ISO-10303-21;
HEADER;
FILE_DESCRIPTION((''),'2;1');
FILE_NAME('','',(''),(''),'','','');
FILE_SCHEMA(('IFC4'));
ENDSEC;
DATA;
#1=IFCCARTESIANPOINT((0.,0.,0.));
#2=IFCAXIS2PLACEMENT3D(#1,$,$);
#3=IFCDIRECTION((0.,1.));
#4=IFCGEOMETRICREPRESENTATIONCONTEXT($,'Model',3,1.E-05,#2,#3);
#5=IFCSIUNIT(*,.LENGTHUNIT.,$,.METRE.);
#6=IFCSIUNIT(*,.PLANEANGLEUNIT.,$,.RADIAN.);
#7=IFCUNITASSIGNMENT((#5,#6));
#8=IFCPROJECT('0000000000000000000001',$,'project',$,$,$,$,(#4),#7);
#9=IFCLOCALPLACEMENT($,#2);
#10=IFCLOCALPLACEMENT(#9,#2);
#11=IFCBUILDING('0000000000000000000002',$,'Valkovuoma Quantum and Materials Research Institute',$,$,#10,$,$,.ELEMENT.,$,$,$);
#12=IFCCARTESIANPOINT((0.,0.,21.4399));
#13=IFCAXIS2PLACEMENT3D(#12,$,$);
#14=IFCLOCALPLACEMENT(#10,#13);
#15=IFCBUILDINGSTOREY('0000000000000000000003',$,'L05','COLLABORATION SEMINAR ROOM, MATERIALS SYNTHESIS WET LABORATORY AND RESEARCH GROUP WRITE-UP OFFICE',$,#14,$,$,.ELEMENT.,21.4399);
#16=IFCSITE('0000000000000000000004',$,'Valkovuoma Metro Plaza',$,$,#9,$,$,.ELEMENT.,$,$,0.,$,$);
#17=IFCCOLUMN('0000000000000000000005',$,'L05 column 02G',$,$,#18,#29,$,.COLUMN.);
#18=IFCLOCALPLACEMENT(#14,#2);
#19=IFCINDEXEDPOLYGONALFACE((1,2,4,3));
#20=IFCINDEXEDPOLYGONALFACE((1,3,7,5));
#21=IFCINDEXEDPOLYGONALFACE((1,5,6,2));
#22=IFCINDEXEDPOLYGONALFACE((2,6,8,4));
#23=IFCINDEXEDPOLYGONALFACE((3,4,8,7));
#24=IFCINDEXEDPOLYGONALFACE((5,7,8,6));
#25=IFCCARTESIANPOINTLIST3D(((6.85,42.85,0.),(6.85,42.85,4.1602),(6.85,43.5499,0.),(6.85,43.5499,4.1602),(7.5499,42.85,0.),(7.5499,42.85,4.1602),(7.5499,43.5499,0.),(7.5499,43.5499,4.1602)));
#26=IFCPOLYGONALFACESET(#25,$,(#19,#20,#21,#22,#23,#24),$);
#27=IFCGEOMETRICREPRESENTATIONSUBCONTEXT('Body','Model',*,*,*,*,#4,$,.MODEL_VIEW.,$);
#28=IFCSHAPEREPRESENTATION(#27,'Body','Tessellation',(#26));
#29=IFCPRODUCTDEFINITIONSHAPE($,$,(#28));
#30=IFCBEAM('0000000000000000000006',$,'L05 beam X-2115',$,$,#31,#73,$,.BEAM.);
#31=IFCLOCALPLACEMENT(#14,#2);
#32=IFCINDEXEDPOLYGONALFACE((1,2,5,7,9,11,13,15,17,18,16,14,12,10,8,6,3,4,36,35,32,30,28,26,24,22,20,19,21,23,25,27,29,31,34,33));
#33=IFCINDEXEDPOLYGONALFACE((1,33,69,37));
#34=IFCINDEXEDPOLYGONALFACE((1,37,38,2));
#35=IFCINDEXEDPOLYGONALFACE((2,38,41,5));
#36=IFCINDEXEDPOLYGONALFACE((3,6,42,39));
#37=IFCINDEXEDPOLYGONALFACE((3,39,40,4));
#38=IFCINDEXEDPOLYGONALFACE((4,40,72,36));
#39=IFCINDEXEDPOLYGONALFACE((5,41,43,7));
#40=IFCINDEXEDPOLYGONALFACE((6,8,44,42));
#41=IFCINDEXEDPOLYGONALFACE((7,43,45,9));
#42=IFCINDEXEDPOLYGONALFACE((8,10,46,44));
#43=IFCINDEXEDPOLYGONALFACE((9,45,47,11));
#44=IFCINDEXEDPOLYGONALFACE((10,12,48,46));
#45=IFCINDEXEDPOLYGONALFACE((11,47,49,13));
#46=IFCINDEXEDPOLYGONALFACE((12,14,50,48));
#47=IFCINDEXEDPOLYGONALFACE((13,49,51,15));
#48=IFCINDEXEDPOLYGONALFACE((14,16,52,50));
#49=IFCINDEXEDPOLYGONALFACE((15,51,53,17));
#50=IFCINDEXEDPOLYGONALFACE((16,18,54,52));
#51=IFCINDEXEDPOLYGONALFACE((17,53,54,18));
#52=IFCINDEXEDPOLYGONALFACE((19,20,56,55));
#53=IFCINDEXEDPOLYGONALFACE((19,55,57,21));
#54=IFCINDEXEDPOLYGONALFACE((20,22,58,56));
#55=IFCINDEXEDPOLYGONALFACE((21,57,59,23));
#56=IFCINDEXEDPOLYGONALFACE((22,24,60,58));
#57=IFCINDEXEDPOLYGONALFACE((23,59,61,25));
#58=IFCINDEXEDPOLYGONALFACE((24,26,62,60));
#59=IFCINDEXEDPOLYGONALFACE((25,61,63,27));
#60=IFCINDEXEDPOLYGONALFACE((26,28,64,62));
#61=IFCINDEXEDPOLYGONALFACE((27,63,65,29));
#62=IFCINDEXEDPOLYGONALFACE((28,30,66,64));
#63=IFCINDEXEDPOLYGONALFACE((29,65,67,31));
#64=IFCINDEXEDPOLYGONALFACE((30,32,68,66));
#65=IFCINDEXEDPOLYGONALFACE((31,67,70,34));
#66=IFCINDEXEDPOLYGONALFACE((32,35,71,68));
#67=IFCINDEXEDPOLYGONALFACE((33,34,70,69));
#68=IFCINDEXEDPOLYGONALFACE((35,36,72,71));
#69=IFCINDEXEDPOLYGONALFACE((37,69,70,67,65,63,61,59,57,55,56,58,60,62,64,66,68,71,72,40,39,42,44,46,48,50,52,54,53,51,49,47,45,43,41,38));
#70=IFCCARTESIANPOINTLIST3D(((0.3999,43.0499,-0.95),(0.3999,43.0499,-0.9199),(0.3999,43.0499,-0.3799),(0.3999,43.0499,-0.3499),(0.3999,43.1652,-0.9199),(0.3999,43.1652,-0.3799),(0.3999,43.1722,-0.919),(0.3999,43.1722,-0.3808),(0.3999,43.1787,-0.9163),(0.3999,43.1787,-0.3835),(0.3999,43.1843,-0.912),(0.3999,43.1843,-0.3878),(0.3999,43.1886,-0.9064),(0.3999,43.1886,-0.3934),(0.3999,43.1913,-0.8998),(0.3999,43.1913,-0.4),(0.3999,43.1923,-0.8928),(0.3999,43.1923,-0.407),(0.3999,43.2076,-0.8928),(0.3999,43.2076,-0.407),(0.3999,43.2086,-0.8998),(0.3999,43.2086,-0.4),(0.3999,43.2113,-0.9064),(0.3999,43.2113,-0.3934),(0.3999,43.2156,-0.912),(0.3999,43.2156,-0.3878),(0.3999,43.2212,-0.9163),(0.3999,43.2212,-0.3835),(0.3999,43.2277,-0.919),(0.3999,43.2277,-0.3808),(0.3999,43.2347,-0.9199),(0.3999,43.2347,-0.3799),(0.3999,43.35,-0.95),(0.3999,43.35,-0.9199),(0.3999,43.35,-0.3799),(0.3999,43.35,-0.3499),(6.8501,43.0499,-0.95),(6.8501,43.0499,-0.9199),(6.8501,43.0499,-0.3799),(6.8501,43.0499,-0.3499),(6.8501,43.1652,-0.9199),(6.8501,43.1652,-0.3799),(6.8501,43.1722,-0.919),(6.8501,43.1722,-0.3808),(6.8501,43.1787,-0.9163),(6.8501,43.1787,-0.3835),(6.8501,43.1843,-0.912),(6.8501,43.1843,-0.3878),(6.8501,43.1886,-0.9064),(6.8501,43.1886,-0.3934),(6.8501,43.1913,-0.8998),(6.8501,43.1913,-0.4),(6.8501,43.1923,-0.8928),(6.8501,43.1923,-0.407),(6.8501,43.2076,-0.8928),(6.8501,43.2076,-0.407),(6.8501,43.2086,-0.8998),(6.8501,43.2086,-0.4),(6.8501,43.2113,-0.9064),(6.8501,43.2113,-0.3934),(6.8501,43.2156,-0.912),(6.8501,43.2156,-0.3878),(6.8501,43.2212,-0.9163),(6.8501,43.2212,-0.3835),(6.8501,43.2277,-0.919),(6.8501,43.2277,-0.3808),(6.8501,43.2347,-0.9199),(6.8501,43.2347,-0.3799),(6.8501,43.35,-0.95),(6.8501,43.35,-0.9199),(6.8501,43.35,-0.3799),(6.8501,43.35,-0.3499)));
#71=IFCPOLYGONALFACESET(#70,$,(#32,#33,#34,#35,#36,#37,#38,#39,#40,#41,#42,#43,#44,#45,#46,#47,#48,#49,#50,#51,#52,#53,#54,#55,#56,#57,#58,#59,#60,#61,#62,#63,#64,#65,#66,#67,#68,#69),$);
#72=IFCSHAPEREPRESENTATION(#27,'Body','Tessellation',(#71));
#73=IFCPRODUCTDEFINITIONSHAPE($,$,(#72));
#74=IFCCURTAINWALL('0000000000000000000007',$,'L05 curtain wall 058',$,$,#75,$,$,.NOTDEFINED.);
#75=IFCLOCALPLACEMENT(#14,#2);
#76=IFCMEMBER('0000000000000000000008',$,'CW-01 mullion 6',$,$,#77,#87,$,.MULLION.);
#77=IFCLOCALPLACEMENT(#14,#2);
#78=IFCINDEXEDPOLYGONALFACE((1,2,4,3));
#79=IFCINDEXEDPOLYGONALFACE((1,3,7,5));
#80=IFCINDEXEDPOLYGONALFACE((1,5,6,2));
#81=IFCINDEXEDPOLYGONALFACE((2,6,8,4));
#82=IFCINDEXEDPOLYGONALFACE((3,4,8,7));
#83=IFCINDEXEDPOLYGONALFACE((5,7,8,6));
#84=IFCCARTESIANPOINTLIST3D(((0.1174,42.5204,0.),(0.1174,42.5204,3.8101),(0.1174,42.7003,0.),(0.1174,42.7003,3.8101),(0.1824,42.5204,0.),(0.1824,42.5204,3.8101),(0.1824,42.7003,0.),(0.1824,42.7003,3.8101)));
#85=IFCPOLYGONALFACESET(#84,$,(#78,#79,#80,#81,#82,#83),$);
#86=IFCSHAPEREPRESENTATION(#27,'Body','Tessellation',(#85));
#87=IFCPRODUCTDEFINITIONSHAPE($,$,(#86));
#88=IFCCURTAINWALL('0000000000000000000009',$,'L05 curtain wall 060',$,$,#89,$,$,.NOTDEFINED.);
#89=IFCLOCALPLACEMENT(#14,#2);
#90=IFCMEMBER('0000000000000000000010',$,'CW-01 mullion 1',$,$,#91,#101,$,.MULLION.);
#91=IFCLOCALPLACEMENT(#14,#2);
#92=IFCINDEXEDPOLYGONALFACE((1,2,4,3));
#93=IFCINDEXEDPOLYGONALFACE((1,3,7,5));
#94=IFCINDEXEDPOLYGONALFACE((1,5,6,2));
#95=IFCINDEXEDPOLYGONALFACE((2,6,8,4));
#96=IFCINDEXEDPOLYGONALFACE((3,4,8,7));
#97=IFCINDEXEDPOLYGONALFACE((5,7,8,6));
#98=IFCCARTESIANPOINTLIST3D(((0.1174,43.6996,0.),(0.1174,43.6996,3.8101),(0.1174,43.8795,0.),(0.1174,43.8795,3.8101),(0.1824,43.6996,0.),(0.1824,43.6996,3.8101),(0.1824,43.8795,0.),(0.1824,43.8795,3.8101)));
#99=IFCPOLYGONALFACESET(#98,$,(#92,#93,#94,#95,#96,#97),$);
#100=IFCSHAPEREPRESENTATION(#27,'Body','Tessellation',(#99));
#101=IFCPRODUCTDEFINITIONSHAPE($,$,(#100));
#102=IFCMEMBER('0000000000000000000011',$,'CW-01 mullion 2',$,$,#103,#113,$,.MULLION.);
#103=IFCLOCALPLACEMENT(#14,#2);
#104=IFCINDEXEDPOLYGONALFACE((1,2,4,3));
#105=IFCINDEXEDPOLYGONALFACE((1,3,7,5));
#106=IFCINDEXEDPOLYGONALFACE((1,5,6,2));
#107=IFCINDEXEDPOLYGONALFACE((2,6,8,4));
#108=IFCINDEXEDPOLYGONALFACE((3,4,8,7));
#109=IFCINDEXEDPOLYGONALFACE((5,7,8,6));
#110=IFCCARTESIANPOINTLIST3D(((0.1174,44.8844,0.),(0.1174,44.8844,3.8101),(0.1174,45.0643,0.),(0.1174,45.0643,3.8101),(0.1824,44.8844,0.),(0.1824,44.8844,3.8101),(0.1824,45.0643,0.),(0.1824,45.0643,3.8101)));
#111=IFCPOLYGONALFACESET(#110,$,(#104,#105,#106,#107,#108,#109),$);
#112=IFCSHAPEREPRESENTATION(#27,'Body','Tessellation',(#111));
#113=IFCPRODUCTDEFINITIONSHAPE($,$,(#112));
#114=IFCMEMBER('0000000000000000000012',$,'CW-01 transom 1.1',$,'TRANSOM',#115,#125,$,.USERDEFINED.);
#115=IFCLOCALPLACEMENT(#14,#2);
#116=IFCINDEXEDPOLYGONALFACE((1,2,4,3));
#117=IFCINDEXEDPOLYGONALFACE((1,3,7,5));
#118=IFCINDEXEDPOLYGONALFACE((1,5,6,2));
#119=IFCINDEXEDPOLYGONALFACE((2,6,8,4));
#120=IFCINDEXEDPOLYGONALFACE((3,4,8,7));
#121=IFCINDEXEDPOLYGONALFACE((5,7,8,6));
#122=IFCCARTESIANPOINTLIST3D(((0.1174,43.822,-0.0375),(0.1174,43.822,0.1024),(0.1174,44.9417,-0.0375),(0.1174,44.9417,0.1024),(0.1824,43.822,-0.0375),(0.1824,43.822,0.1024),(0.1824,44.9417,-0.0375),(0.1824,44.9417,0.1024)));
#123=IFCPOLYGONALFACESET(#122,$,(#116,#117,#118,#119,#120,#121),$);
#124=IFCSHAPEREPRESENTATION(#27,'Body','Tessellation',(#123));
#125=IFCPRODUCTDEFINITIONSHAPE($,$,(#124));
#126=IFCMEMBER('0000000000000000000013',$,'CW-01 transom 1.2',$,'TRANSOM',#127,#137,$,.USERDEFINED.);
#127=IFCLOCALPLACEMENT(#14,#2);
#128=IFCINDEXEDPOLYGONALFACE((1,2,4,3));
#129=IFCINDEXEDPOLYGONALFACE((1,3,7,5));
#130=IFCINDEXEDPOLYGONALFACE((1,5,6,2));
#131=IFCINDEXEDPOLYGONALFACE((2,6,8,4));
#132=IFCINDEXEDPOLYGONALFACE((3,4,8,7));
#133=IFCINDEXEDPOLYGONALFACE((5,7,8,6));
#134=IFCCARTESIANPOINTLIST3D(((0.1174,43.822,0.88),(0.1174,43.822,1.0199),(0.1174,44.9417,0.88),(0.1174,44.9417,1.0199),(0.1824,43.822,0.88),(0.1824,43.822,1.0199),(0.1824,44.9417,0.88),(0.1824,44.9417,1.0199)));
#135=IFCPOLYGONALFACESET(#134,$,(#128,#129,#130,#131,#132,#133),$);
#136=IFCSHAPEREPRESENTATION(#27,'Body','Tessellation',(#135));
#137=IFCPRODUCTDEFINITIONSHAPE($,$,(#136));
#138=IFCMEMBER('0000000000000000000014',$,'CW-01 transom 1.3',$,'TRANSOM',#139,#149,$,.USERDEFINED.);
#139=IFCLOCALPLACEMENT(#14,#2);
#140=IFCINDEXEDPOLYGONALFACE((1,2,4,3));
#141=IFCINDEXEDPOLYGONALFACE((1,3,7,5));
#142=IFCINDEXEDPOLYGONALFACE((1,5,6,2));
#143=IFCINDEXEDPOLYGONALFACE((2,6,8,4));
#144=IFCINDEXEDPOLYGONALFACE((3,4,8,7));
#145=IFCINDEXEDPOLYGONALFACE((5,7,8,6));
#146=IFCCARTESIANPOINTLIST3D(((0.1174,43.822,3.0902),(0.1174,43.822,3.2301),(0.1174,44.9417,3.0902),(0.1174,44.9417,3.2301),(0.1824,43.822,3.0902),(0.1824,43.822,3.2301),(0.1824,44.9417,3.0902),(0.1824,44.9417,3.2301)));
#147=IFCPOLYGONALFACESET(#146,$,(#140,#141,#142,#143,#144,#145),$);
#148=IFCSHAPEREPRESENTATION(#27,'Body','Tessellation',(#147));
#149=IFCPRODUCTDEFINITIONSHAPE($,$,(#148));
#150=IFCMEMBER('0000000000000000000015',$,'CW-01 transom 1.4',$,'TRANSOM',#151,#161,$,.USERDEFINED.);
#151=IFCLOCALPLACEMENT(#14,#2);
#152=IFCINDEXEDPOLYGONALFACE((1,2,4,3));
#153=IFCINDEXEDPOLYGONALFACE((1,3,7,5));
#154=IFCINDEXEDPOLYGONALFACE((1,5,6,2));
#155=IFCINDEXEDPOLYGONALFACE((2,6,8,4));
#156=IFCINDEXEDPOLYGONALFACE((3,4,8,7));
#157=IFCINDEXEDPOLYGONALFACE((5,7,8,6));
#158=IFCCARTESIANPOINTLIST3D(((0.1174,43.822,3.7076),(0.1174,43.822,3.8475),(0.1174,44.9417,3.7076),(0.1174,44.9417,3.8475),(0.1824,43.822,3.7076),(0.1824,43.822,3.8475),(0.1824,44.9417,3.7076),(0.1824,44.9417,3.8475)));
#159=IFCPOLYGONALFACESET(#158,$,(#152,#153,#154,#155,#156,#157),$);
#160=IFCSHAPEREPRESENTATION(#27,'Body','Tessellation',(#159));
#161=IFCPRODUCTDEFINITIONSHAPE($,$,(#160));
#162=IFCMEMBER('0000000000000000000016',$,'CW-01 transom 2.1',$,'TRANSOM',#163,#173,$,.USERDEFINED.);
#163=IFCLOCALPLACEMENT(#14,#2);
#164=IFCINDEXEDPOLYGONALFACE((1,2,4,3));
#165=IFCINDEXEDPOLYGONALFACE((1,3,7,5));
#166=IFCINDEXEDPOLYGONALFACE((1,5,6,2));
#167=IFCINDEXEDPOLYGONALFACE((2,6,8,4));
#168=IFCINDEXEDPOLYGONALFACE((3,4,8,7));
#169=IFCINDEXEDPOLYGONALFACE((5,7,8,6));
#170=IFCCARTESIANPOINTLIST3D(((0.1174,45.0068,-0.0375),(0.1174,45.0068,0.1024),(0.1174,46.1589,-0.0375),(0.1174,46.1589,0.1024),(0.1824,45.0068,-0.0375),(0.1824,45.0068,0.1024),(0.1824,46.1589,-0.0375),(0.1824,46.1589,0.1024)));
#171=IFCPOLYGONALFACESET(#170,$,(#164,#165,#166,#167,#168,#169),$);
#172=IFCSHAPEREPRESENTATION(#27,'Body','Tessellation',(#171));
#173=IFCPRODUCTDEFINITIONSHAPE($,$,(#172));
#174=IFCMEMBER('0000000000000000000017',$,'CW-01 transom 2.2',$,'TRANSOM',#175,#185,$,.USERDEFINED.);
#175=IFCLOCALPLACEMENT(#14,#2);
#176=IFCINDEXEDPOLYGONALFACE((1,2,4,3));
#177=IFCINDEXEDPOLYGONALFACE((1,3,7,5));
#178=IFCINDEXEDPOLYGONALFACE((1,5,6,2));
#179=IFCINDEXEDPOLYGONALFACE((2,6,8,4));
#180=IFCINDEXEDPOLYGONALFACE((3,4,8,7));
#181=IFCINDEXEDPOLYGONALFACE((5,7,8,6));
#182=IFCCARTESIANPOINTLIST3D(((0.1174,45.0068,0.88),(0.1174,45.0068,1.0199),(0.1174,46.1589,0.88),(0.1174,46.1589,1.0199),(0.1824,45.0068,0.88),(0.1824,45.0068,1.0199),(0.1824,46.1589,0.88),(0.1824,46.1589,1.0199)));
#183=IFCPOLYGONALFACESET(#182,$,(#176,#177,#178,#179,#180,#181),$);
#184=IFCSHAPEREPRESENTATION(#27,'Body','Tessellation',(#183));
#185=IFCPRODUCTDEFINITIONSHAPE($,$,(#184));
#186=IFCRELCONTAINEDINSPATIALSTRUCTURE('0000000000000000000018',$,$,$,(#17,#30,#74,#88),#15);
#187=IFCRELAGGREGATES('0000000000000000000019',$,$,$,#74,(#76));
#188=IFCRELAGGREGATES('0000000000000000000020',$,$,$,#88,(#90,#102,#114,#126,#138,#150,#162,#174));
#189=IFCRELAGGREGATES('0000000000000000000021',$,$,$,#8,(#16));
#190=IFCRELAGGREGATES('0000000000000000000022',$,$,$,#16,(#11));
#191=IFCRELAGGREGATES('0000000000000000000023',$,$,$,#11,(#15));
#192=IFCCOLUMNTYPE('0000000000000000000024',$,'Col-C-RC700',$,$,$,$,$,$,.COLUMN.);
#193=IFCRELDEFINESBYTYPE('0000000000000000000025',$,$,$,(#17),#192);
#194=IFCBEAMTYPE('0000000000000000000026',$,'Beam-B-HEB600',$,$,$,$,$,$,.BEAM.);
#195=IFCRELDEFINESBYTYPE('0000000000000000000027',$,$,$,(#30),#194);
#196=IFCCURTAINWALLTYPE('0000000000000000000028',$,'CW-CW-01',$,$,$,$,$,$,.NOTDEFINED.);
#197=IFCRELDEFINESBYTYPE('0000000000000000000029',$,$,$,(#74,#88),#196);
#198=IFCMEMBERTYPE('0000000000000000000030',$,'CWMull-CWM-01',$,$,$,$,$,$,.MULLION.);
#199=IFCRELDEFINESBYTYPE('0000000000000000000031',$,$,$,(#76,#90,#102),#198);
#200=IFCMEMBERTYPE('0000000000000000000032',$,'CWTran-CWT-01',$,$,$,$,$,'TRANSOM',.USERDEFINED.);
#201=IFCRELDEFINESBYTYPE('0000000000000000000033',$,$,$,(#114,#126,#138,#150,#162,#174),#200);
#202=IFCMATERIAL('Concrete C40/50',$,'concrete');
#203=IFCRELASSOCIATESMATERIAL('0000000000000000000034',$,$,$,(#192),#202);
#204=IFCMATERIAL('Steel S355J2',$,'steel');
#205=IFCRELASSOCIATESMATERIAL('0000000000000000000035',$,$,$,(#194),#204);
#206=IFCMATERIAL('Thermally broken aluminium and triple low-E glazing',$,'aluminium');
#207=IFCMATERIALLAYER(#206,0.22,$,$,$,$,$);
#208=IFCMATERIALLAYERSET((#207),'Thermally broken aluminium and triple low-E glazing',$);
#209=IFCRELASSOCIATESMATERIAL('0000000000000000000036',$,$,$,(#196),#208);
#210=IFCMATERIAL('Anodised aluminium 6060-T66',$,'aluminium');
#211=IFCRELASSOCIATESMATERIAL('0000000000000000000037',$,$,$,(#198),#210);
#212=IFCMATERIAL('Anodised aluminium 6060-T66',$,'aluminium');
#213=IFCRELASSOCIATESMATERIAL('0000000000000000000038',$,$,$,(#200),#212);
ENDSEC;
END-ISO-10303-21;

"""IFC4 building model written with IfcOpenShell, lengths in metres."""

from ifc_helpers import new_model, si_unit, direction, frame, origin, origin_2d, place, context, subcontext, project, spatial, rectangle, i_section, extrude, material, layer, layer_set, material_profile, profile_set, type_object, element, aggregate, save


model = new_model("IFC4")

# Units and contexts
model_context = context("Model", 3, precision=1e-05, world=origin(), true_north=direction((0.0, 1.0)))
body_context = subcontext(model_context, "Body", "Model", "MODEL_VIEW")
ifc_project = project(units=[si_unit("LENGTHUNIT", "METRE"), si_unit("PLANEANGLEUNIT", "RADIAN")], contexts=[model_context])

# Site, building, storey
site_placement = place(None, origin())
site = spatial("IfcSite", under=ifc_project, at=site_placement, Name="Valkovuoma Metro Plaza", CompositionType="ELEMENT", RefElevation=0.0)
building_placement = place(site_placement, origin())
building = spatial("IfcBuilding", under=site, at=building_placement, Name="Valkovuoma Quantum and Materials Research Institute", CompositionType="ELEMENT")
storey_placement = place(building_placement, frame((0.0, 0.0, 21.4399)))
storey = spatial("IfcBuildingStorey", under=building, at=storey_placement, Name="L05", Description="COLLABORATION SEMINAR ROOM, MATERIALS SYNTHESIS WET LABORATORY AND RESEARCH GROUP WRITE-UP OFFICE", CompositionType="ELEMENT", Elevation=21.4399)

# Column
ifc_material_1 = material(Name="Concrete C40/50", Category="concrete")
ifc_material_profile_1 = material_profile(ifc_material_1, rectangle(XDim=0.7, YDim=0.7, at=origin_2d()), Name="Concrete C40/50")
ifc_profile_set_1 = profile_set([ifc_material_profile_1], Name="Concrete C40/50")
column_type = type_object("IfcColumnType", Name="Col-C-RC700", PredefinedType="COLUMN", material=ifc_profile_set_1)
column_placement = place(storey_placement, frame((7.2, 43.2, 0.0), z_axis=(0.0, 0.0, 1.0), x_axis=(1.0, 0.0, 0.0)))
element("IfcColumn", 1, at=column_placement, inside=storey, type_object=column_type, Name="L05 column 02G", PredefinedType="COLUMN", context=body_context, shape_type="SweptSolid", body=[
    extrude(rectangle(XDim=0.7, YDim=0.7, at=origin_2d()), origin(), (0.0, 0.0, 1.0), 4.1602),
])

# Beam
ifc_material_2 = material(Name="Steel S355J2", Category="steel")
ifc_material_profile_2 = material_profile(ifc_material_2, i_section(OverallWidth=0.3, OverallDepth=0.6001, WebThickness=0.0154, FlangeThickness=0.03, FilletRadius=0.0271, at=origin_2d()), Name="Steel S355J2")
ifc_profile_set_2 = profile_set([ifc_material_profile_2], Name="Steel S355J2")
beam_type = type_object("IfcBeamType", Name="Beam-B-HEB600", PredefinedType="BEAM", material=ifc_profile_set_2)
beam_placement = place(storey_placement, frame((0.3999, 43.2, -0.6499), z_axis=(1.0, 0.0, 0.0), x_axis=(0.0, 1.0, 0.0)))
element("IfcBeam", 2, at=beam_placement, inside=storey, type_object=beam_type, Name="L05 beam X-2115", PredefinedType="BEAM", context=body_context, shape_type="SweptSolid", body=[
    extrude(i_section(OverallWidth=0.3, OverallDepth=0.6001, WebThickness=0.0154, FlangeThickness=0.03, FilletRadius=0.0271, at=origin_2d()), origin(), (0.0, 0.0, 1.0), 6.4502),
])

# Curtain wall, member
ifc_material_3 = material(Name="Thermally broken aluminium and triple low-E glazing", Category="aluminium")
ifc_layer_1 = layer(ifc_material_3, 0.22)
ifc_layer_set_1 = layer_set([ifc_layer_1], Name="Thermally broken aluminium and triple low-E glazing")
curtain_wall_type = type_object("IfcCurtainWallType", Name="CW-CW-01", PredefinedType="NOTDEFINED", material=ifc_layer_set_1)
curtain_wall_1_placement = place(storey_placement, origin())
curtain_wall_1 = element("IfcCurtainWall", 3, at=curtain_wall_1_placement, inside=storey, type_object=curtain_wall_type, Name="L05 curtain wall 058", PredefinedType="NOTDEFINED")
ifc_material_4 = material(Name="Anodised aluminium 6060-T66", Category="aluminium")
ifc_material_profile_3 = material_profile(ifc_material_4, rectangle(XDim=0.0649, YDim=0.1799, at=origin_2d()), Name="Anodised aluminium 6060-T66")
ifc_profile_set_3 = profile_set([ifc_material_profile_3], Name="Anodised aluminium 6060-T66")
member_type_1 = type_object("IfcMemberType", Name="CWMull-CWM-01", PredefinedType="MULLION", material=ifc_profile_set_3)
member_1_placement = place(storey_placement, frame((0.1499, 42.6104, 0.0), z_axis=(0.0, 0.0, 1.0), x_axis=(-1.0, 0.0, 0.0)))
member_1 = element("IfcMember", 4, at=member_1_placement, type_object=member_type_1, Name="CW-01 mullion 6", PredefinedType="MULLION", context=body_context, shape_type="SweptSolid", body=[
    extrude(rectangle(XDim=0.0649, YDim=0.1799, at=origin_2d()), origin(), (0.0, 0.0, 1.0), 3.8101),
])

# Curtain wall, members
curtain_wall_2_placement = place(storey_placement, origin())
curtain_wall_2 = element("IfcCurtainWall", 5, at=curtain_wall_2_placement, inside=storey, type_object=curtain_wall_type, Name="L05 curtain wall 060", PredefinedType="NOTDEFINED")
member_2_placement = place(storey_placement, frame((0.1499, 43.7896, 0.0), z_axis=(0.0, 0.0, 1.0), x_axis=(-1.0, 0.0, 0.0)))
member_2 = element("IfcMember", 6, at=member_2_placement, type_object=member_type_1, Name="CW-01 mullion 1", PredefinedType="MULLION", context=body_context, shape_type="SweptSolid", body=[
    extrude(rectangle(XDim=0.0649, YDim=0.1799, at=origin_2d()), origin(), (0.0, 0.0, 1.0), 3.8101),
])
member_3_placement = place(storey_placement, frame((0.1499, 44.9744, 0.0), z_axis=(0.0, 0.0, 1.0), x_axis=(-1.0, 0.0, 0.0)))
member_3 = element("IfcMember", 7, at=member_3_placement, type_object=member_type_1, Name="CW-01 mullion 2", PredefinedType="MULLION", context=body_context, shape_type="SweptSolid", body=[
    extrude(rectangle(XDim=0.0649, YDim=0.1799, at=origin_2d()), origin(), (0.0, 0.0, 1.0), 3.8101),
])
ifc_material_5 = material(Name="Anodised aluminium 6060-T66", Category="aluminium")
ifc_material_profile_4 = material_profile(ifc_material_5, rectangle(XDim=0.0649, YDim=0.1399, at=origin_2d()), Name="Anodised aluminium 6060-T66")
ifc_profile_set_4 = profile_set([ifc_material_profile_4], Name="Anodised aluminium 6060-T66")
member_type_2 = type_object("IfcMemberType", Name="CWTran-CWT-01", ElementType="TRANSOM", PredefinedType="USERDEFINED", material=ifc_profile_set_4)
member_4_placement = place(storey_placement, frame((0.1499, 43.822, 0.0325), z_axis=(0.0, 1.0, 0.0), x_axis=(-1.0, 0.0, 0.0)))
member_4 = element("IfcMember", 8, at=member_4_placement, type_object=member_type_2, Name="CW-01 transom 1.1", ObjectType="TRANSOM", PredefinedType="USERDEFINED", context=body_context, shape_type="SweptSolid", body=[
    extrude(rectangle(XDim=0.0649, YDim=0.1399, at=origin_2d()), origin(), (0.0, 0.0, 1.0), 1.1196),
])
member_5_placement = place(storey_placement, frame((0.1499, 43.822, 0.95), z_axis=(0.0, 1.0, 0.0), x_axis=(-1.0, 0.0, 0.0)))
member_5 = element("IfcMember", 9, at=member_5_placement, type_object=member_type_2, Name="CW-01 transom 1.2", ObjectType="TRANSOM", PredefinedType="USERDEFINED", context=body_context, shape_type="SweptSolid", body=[
    extrude(rectangle(XDim=0.0649, YDim=0.1399, at=origin_2d()), origin(), (0.0, 0.0, 1.0), 1.1196),
])
member_6_placement = place(storey_placement, frame((0.1499, 43.822, 3.1602), z_axis=(0.0, 1.0, 0.0), x_axis=(-1.0, 0.0, 0.0)))
member_6 = element("IfcMember", 10, at=member_6_placement, type_object=member_type_2, Name="CW-01 transom 1.3", ObjectType="TRANSOM", PredefinedType="USERDEFINED", context=body_context, shape_type="SweptSolid", body=[
    extrude(rectangle(XDim=0.0649, YDim=0.1399, at=origin_2d()), origin(), (0.0, 0.0, 1.0), 1.1196),
])
member_7_placement = place(storey_placement, frame((0.1499, 43.822, 3.7776), z_axis=(0.0, 1.0, 0.0), x_axis=(-1.0, 0.0, 0.0)))
member_7 = element("IfcMember", 11, at=member_7_placement, type_object=member_type_2, Name="CW-01 transom 1.4", ObjectType="TRANSOM", PredefinedType="USERDEFINED", context=body_context, shape_type="SweptSolid", body=[
    extrude(rectangle(XDim=0.0649, YDim=0.1399, at=origin_2d()), origin(), (0.0, 0.0, 1.0), 1.1196),
])
member_8_placement = place(storey_placement, frame((0.1499, 45.0068, 0.0325), z_axis=(0.0, 1.0, 0.0), x_axis=(-1.0, 0.0, 0.0)))
member_8 = element("IfcMember", 12, at=member_8_placement, type_object=member_type_2, Name="CW-01 transom 2.1", ObjectType="TRANSOM", PredefinedType="USERDEFINED", context=body_context, shape_type="SweptSolid", body=[
    extrude(rectangle(XDim=0.0649, YDim=0.1399, at=origin_2d()), origin(), (0.0, 0.0, 1.0), 1.1521),
])
member_9_placement = place(storey_placement, frame((0.1499, 45.0068, 0.95), z_axis=(0.0, 1.0, 0.0), x_axis=(-1.0, 0.0, 0.0)))
member_9 = element("IfcMember", 13, at=member_9_placement, type_object=member_type_2, Name="CW-01 transom 2.2", ObjectType="TRANSOM", PredefinedType="USERDEFINED", context=body_context, shape_type="SweptSolid", body=[
    extrude(rectangle(XDim=0.0649, YDim=0.1399, at=origin_2d()), origin(), (0.0, 0.0, 1.0), 1.1521),
])

aggregate(curtain_wall_1, [member_1])
aggregate(curtain_wall_2, [member_2, member_3, member_4, member_5, member_6, member_7, member_8, member_9])

save(model, "model.ifc")
